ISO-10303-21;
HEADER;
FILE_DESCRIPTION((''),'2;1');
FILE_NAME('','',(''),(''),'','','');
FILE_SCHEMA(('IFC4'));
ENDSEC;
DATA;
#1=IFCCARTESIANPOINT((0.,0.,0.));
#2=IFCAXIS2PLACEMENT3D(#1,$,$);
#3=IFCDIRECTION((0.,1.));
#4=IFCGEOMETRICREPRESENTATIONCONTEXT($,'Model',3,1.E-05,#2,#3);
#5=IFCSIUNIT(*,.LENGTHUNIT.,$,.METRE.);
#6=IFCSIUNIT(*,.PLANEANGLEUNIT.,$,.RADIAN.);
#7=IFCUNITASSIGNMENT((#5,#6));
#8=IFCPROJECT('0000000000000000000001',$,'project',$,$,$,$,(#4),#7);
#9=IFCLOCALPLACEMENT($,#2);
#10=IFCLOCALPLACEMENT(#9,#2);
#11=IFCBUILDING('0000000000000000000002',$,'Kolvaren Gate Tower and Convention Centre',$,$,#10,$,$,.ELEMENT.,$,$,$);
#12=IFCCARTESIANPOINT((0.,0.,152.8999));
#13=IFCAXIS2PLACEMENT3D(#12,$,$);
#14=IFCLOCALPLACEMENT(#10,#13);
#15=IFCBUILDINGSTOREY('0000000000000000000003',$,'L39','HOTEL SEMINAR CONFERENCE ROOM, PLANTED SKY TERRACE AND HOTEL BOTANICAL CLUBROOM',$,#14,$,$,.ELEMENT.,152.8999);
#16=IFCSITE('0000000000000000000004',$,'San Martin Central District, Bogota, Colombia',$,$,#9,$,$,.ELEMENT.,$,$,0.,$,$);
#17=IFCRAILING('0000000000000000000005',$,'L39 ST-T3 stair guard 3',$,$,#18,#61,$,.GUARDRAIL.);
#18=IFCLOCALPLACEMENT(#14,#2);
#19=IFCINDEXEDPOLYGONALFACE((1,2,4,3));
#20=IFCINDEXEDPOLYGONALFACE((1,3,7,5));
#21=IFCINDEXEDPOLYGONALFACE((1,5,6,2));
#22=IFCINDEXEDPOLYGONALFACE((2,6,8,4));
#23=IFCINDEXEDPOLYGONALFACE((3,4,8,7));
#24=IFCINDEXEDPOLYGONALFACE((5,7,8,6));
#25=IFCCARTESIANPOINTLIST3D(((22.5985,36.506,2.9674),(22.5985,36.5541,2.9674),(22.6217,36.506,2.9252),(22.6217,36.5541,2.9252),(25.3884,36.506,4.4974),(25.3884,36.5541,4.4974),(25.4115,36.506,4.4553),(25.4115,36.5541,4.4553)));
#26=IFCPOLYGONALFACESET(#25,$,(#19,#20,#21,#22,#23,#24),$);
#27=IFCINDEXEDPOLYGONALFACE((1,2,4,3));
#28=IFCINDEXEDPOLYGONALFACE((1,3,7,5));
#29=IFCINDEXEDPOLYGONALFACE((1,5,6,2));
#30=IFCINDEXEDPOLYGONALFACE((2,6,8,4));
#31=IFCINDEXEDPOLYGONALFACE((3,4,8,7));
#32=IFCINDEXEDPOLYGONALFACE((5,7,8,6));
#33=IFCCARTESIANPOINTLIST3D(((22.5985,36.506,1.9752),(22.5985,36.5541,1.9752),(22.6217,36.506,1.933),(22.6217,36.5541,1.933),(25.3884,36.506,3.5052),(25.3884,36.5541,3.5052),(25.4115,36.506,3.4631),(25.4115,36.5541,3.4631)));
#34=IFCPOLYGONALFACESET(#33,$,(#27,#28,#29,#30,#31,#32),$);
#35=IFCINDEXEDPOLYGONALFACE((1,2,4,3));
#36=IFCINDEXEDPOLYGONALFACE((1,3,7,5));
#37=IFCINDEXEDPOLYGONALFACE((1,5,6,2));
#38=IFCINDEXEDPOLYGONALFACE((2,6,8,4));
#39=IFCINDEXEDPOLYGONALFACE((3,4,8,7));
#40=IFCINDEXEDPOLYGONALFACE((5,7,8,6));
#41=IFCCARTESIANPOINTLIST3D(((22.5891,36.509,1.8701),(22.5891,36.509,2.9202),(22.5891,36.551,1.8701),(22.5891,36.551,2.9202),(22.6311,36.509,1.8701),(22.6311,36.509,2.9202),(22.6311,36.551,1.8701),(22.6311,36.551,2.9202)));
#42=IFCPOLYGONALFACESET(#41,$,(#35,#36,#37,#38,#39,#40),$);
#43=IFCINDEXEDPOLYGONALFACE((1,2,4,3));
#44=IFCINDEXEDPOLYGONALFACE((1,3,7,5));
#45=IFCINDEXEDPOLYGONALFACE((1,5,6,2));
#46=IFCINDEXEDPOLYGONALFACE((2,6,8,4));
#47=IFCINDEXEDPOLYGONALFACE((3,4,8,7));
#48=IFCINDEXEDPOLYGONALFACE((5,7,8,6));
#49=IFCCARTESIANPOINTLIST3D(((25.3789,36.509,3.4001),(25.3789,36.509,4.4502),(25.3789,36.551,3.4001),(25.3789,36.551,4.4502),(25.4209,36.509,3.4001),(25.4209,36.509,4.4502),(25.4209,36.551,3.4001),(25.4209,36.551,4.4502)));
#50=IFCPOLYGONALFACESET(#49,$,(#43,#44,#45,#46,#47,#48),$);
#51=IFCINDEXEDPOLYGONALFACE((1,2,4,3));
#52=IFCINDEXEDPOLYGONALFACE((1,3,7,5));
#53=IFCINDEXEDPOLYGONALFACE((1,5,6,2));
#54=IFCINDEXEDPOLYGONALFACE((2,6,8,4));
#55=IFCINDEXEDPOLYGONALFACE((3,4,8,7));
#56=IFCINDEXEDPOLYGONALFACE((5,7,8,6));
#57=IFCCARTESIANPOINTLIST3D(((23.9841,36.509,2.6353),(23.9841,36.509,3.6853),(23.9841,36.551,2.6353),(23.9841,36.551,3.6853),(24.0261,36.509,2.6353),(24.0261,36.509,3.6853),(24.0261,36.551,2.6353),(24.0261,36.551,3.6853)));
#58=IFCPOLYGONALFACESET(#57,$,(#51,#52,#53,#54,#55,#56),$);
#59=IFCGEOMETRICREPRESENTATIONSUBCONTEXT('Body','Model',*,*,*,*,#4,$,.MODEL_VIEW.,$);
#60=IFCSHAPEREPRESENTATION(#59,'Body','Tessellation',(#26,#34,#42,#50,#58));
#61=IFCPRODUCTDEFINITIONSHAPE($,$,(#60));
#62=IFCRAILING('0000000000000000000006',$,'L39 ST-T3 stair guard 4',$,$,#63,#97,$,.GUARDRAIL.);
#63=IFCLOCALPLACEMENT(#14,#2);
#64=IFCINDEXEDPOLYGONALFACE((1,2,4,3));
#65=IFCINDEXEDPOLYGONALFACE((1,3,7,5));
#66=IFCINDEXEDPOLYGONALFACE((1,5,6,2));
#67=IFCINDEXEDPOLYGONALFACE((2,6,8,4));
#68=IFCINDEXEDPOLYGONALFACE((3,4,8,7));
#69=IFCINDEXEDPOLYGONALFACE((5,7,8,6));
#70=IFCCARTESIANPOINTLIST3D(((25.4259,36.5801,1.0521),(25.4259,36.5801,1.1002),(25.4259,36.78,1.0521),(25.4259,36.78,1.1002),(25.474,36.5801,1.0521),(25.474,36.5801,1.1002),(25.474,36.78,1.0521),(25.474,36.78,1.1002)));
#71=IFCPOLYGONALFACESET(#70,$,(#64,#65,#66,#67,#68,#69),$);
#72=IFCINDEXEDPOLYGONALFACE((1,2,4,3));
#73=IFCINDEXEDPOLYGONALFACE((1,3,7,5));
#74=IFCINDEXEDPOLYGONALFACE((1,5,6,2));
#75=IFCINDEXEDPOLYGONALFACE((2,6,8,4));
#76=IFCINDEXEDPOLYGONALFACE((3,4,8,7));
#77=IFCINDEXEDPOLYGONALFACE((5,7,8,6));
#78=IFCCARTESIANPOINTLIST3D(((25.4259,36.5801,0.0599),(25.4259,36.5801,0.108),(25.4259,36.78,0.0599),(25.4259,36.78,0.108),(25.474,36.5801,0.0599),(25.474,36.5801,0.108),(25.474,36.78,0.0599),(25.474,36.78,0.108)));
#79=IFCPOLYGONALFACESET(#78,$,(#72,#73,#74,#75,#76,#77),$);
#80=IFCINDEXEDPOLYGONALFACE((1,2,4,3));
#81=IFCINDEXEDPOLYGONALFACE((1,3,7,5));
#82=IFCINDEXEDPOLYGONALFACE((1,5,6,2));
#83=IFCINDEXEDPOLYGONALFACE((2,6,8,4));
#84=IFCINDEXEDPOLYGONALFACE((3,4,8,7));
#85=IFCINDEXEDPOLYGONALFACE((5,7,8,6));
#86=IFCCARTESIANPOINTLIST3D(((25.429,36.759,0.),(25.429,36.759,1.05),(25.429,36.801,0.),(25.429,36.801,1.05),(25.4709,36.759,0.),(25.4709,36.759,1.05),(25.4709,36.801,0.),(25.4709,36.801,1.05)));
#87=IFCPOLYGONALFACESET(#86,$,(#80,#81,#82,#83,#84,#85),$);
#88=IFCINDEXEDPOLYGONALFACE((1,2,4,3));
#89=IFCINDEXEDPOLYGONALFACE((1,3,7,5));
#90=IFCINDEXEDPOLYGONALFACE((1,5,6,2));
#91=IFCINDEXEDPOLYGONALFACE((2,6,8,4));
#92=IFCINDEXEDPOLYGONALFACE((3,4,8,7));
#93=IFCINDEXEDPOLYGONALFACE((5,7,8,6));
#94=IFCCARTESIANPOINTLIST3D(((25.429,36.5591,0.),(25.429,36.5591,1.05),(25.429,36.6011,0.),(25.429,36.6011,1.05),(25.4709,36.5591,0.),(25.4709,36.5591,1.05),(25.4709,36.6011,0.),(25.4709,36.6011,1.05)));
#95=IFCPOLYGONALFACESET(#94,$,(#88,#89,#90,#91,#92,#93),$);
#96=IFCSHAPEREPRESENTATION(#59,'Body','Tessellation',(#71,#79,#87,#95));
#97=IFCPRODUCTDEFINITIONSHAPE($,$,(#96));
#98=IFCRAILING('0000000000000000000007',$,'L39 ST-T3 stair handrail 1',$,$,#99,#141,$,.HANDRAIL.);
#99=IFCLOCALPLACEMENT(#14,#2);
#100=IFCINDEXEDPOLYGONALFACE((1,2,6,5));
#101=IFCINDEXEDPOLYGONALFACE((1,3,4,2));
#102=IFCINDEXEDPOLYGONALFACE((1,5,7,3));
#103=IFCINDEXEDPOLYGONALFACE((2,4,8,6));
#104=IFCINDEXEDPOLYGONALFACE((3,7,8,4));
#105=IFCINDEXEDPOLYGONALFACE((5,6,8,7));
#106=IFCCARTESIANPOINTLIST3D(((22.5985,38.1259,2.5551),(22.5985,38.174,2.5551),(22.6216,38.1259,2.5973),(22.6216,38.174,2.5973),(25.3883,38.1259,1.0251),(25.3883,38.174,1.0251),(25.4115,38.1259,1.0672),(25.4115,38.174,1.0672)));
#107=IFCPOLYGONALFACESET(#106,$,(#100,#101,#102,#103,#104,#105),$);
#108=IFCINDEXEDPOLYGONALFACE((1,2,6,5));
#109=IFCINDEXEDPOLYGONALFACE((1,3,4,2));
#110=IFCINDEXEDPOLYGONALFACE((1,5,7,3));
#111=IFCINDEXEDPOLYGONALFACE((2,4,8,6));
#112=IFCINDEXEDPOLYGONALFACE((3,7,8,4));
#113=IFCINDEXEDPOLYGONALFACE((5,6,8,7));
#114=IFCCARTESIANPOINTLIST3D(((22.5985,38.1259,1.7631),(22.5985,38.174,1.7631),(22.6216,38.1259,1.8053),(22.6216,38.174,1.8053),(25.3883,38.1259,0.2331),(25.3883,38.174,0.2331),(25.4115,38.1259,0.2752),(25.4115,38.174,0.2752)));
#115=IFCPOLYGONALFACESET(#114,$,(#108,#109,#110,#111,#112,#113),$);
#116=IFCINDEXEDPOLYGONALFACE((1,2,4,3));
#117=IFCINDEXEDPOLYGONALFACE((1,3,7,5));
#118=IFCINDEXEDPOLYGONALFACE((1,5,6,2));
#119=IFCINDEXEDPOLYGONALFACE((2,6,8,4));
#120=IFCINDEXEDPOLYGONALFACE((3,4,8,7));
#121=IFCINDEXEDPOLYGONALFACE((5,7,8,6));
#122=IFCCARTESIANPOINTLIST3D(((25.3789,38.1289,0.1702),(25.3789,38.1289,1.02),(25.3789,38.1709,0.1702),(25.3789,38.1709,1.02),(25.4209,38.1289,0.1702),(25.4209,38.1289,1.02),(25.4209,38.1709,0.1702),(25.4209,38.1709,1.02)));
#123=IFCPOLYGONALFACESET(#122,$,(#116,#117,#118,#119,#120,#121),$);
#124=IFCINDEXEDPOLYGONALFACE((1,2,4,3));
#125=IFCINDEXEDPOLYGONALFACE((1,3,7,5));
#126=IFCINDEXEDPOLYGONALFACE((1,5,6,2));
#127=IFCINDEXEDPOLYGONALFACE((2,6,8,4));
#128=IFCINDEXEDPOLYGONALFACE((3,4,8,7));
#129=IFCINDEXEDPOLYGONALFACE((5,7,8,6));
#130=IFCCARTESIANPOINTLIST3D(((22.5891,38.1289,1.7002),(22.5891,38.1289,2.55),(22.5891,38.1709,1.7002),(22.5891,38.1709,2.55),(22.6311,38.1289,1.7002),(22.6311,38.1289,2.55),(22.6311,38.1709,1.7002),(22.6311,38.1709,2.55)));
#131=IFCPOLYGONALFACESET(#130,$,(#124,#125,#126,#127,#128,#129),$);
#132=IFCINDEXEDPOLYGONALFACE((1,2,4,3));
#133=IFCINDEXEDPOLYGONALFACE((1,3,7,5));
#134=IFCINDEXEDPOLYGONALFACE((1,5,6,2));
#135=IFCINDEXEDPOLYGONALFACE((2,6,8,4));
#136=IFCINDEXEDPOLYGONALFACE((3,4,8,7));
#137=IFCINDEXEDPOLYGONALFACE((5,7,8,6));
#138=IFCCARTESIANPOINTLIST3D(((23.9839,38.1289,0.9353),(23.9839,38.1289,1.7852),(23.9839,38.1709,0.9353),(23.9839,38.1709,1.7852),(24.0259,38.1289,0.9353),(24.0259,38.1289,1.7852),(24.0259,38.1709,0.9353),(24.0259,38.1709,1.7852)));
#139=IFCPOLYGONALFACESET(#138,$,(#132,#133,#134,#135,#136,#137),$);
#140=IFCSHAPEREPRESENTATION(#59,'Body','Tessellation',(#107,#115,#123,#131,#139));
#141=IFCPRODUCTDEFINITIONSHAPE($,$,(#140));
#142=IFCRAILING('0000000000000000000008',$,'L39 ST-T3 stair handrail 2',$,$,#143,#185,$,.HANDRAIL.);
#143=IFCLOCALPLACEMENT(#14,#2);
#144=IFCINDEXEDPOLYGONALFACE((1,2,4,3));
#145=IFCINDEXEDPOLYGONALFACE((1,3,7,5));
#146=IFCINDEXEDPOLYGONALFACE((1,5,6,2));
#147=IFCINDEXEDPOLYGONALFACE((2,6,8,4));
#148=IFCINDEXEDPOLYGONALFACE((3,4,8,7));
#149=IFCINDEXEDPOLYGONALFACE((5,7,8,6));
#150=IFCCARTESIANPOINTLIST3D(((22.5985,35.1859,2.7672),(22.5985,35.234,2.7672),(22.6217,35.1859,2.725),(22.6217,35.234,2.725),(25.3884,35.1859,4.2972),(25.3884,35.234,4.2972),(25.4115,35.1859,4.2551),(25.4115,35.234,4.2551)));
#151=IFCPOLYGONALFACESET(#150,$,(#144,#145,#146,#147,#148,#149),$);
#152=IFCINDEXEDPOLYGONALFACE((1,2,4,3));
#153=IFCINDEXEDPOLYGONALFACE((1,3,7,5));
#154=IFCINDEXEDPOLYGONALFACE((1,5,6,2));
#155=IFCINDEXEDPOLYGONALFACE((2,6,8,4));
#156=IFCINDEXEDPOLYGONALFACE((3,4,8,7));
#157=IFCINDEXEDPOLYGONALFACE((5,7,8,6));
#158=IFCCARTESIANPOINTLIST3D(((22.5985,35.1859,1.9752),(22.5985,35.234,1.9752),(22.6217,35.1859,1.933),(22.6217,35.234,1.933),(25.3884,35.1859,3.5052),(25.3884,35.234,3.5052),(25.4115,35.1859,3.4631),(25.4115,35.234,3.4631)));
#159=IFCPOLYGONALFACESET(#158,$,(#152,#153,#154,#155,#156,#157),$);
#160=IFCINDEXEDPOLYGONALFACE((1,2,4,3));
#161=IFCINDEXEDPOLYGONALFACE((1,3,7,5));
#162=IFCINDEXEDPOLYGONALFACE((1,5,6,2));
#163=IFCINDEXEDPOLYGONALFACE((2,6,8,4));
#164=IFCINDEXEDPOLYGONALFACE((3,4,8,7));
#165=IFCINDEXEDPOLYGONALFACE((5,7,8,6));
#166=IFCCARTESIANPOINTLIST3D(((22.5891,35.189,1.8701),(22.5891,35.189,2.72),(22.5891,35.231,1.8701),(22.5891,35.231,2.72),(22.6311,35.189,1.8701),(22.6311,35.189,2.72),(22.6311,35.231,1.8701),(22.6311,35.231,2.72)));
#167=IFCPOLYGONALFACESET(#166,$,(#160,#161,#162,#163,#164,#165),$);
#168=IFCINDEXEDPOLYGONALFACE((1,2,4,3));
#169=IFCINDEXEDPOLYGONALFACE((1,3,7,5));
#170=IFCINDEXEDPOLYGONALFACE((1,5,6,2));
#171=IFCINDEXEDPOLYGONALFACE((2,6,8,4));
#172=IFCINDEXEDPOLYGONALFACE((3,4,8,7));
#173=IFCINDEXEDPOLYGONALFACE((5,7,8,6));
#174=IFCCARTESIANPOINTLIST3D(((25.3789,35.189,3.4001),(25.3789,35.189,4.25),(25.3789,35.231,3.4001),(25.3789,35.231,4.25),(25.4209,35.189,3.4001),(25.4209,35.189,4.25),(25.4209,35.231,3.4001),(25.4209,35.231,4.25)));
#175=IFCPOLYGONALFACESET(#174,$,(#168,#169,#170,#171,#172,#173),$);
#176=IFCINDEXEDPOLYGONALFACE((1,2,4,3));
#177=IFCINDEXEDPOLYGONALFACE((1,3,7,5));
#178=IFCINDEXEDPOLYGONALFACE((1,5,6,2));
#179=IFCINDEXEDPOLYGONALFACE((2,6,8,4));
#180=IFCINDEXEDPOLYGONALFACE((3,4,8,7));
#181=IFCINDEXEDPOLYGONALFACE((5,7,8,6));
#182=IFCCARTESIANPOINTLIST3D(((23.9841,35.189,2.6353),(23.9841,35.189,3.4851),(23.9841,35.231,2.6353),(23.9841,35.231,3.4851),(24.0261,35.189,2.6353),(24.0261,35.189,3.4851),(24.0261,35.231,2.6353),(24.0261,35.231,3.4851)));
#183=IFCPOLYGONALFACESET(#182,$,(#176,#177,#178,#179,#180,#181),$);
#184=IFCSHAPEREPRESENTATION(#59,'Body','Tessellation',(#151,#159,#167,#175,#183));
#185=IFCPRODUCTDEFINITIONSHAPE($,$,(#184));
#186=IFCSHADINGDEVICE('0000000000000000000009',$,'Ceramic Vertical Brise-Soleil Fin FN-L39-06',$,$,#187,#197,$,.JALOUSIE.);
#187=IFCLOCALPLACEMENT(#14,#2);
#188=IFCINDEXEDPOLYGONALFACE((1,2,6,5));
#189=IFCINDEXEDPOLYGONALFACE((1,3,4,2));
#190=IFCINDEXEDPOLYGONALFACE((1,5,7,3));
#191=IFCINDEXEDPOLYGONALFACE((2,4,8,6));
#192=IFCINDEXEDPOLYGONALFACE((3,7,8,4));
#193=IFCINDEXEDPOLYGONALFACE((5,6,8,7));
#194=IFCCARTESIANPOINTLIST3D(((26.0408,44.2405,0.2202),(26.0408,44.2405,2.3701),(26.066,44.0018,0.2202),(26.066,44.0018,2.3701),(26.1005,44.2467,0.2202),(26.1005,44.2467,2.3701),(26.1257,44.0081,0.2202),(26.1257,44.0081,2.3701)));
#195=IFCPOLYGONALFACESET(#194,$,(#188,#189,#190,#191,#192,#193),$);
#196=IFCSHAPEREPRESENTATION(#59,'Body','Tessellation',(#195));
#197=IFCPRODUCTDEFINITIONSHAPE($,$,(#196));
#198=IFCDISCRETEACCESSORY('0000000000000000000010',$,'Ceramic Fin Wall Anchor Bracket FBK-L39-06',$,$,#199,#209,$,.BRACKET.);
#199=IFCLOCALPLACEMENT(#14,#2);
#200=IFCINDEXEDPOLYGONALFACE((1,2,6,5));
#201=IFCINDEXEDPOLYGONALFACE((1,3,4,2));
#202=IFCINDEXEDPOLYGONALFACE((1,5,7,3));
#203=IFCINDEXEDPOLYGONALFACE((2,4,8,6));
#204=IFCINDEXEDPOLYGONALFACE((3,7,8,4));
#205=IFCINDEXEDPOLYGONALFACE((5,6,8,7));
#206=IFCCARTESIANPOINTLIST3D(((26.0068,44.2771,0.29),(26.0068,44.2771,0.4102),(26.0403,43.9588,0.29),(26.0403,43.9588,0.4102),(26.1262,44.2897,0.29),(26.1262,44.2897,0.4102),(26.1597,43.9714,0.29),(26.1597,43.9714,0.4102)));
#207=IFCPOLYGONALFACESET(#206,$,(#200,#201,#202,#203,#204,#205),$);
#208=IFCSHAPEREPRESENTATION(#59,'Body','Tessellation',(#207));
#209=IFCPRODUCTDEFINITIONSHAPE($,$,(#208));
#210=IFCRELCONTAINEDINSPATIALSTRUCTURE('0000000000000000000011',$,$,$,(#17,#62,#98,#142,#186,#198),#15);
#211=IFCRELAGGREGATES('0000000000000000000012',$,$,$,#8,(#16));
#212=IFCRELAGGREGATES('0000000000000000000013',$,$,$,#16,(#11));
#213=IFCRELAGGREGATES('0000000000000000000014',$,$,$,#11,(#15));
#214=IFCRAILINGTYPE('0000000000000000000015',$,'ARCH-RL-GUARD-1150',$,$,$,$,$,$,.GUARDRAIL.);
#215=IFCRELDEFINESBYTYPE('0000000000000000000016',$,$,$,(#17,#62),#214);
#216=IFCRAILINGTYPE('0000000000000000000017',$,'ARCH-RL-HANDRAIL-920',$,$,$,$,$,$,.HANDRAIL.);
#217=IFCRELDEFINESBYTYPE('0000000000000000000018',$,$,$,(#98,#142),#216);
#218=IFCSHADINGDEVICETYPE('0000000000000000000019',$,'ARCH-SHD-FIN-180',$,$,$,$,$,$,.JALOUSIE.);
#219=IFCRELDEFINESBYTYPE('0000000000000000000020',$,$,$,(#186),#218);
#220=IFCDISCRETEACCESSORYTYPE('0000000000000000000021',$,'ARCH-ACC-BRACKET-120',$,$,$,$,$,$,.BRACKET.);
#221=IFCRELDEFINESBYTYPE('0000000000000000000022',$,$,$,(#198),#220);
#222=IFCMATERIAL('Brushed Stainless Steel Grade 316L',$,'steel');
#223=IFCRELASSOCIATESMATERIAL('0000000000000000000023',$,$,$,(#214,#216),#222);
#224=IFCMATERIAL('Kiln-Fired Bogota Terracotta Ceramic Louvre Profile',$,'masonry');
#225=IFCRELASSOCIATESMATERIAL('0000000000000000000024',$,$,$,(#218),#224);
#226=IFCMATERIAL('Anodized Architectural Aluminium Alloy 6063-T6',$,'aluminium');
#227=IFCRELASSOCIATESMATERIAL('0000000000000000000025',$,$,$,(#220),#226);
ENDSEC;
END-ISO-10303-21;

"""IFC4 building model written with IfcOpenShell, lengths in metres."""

from ifc_helpers import new_model, si_unit, direction, frame, origin, origin_2d, place, context, subcontext, project, spatial, rectangle, extrude, material, type_object, element, save


model = new_model("IFC4")

# Units and contexts
model_context = context("Model", 3, precision=1e-05, world=origin(), true_north=direction((0.0, 1.0)))
body_context = subcontext(model_context, "Body", "Model", "MODEL_VIEW")
ifc_project = project(units=[si_unit("LENGTHUNIT", "METRE"), si_unit("PLANEANGLEUNIT", "RADIAN")], contexts=[model_context])

# Site, building, storey
site_placement = place(None, origin())
site = spatial("IfcSite", under=ifc_project, at=site_placement, Name="San Martin Central District, Bogota, Colombia", CompositionType="ELEMENT", RefElevation=0.0)
building_placement = place(site_placement, origin())
building = spatial("IfcBuilding", under=site, at=building_placement, Name="Kolvaren Gate Tower and Convention Centre", CompositionType="ELEMENT")
storey_placement = place(building_placement, frame((0.0, 0.0, 152.8999)))
storey = spatial("IfcBuildingStorey", under=building, at=storey_placement, Name="L39", Description="HOTEL SEMINAR CONFERENCE ROOM, PLANTED SKY TERRACE AND HOTEL BOTANICAL CLUBROOM", CompositionType="ELEMENT", Elevation=152.8999)

# Railings
ifc_material_1 = material(Name="Brushed Stainless Steel Grade 316L", Category="steel")
railing_type_1 = type_object("IfcRailingType", Name="ARCH-RL-GUARD-1150", PredefinedType="GUARDRAIL", material=ifc_material_1)
railing_1_placement = place(storey_placement, frame((22.6101, 36.53, 1.8701)))
element("IfcRailing", 1, at=railing_1_placement, inside=storey, type_object=railing_type_1, Name="L39 ST-T3 stair guard 3", PredefinedType="GUARDRAIL", context=body_context, shape_type="SweptSolid", body=[
    extrude(rectangle(XDim=0.0481, YDim=0.0481, at=origin_2d()), frame((0.0, 0.0, 1.0762), z_axis=(0.876794, 0.0, 0.480867), x_axis=(0.0, 1.0, 0.0)), (0.0, 0.0, 1.0), 3.1819),
    extrude(rectangle(XDim=0.0481, YDim=0.0481, at=origin_2d()), frame((0.0, 0.0, 0.084), z_axis=(0.876794, 0.0, 0.480867), x_axis=(0.0, 1.0, 0.0)), (0.0, 0.0, 1.0), 3.1819),
    extrude(rectangle(XDim=0.042, YDim=0.042, at=origin_2d()), origin(), (0.0, 0.0, 1.0), 1.05),
    extrude(rectangle(XDim=0.042, YDim=0.042, at=origin_2d()), frame((2.7898, 0.0, 1.53)), (0.0, 0.0, 1.0), 1.05),
    extrude(rectangle(XDim=0.042, YDim=0.042, at=origin_2d()), frame((1.395, 0.0, 0.7651)), (0.0, 0.0, 1.0), 1.05),
])
railing_2_placement = place(storey_placement, frame((25.45, 36.78, 0.0)))
element("IfcRailing", 2, at=railing_2_placement, inside=storey, type_object=railing_type_1, Name="L39 ST-T3 stair guard 4", PredefinedType="GUARDRAIL", context=body_context, shape_type="SweptSolid", body=[
    extrude(rectangle(XDim=0.0481, YDim=0.0481, at=origin_2d()), frame((0.0, 0.0, 1.0762), z_axis=(0.0, -1.0, 0.0), x_axis=(1.0, 0.0, 0.0)), (0.0, 0.0, 1.0), 0.2),
    extrude(rectangle(XDim=0.0481, YDim=0.0481, at=origin_2d()), frame((0.0, 0.0, 0.084), z_axis=(0.0, -1.0, 0.0), x_axis=(1.0, 0.0, 0.0)), (0.0, 0.0, 1.0), 0.2),
    extrude(rectangle(XDim=0.042, YDim=0.042, at=origin_2d()), origin(), (0.0, 0.0, 1.0), 1.05),
    extrude(rectangle(XDim=0.042, YDim=0.042, at=origin_2d()), frame((0.0, -0.2, 0.0)), (0.0, 0.0, 1.0), 1.05),
])
railing_type_2 = type_object("IfcRailingType", Name="ARCH-RL-HANDRAIL-920", PredefinedType="HANDRAIL", material=ifc_material_1)
railing_3_placement = place(storey_placement, frame((25.3999, 38.1499, 0.1702)))
element("IfcRailing", 3, at=railing_3_placement, inside=storey, type_object=railing_type_2, Name="L39 ST-T3 stair handrail 1", PredefinedType="HANDRAIL", context=body_context, shape_type="SweptSolid", body=[
    extrude(rectangle(XDim=0.0481, YDim=0.0481, at=origin_2d()), frame((0.0, 0.0, 0.876), z_axis=(-0.876794, 0.0, 0.480867), x_axis=(0.0, -1.0, 0.0)), (0.0, 0.0, 1.0), 3.1819),
    extrude(rectangle(XDim=0.0481, YDim=0.0481, at=origin_2d()), frame((0.0, 0.0, 0.084), z_axis=(-0.876794, 0.0, 0.480867), x_axis=(0.0, -1.0, 0.0)), (0.0, 0.0, 1.0), 3.1819),
    extrude(rectangle(XDim=0.042, YDim=0.042, at=origin_2d()), origin(), (0.0, 0.0, 1.0), 0.8499),
    extrude(rectangle(XDim=0.042, YDim=0.042, at=origin_2d()), frame((-2.7898, 0.0, 1.53)), (0.0, 0.0, 1.0), 0.8499),
    extrude(rectangle(XDim=0.042, YDim=0.042, at=origin_2d()), frame((-1.395, 0.0, 0.7651)), (0.0, 0.0, 1.0), 0.8499),
])
railing_4_placement = place(storey_placement, frame((22.6101, 35.21, 1.8701)))
element("IfcRailing", 4, at=railing_4_placement, inside=storey, type_object=railing_type_2, Name="L39 ST-T3 stair handrail 2", PredefinedType="HANDRAIL", context=body_context, shape_type="SweptSolid", body=[
    extrude(rectangle(XDim=0.0481, YDim=0.0481, at=origin_2d()), frame((0.0, 0.0, 0.876), z_axis=(0.876794, 0.0, 0.480867), x_axis=(0.0, 1.0, 0.0)), (0.0, 0.0, 1.0), 3.1819),
    extrude(rectangle(XDim=0.0481, YDim=0.0481, at=origin_2d()), frame((0.0, 0.0, 0.084), z_axis=(0.876794, 0.0, 0.480867), x_axis=(0.0, 1.0, 0.0)), (0.0, 0.0, 1.0), 3.1819),
    extrude(rectangle(XDim=0.042, YDim=0.042, at=origin_2d()), origin(), (0.0, 0.0, 1.0), 0.8499),
    extrude(rectangle(XDim=0.042, YDim=0.042, at=origin_2d()), frame((2.7898, 0.0, 1.53)), (0.0, 0.0, 1.0), 0.8499),
    extrude(rectangle(XDim=0.042, YDim=0.042, at=origin_2d()), frame((1.395, 0.0, 0.7651)), (0.0, 0.0, 1.0), 0.8499),
])

# Shading device
ifc_material_2 = material(Name="Kiln-Fired Bogota Terracotta Ceramic Louvre Profile", Category="masonry")
shading_device_type = type_object("IfcShadingDeviceType", Name="ARCH-SHD-FIN-180", PredefinedType="JALOUSIE", material=ifc_material_2)
shading_device_placement = place(storey_placement, frame((26.0833, 44.1243, 0.2202), z_axis=(0.0, 0.0, 1.0), x_axis=(0.994499, 0.104744, 0.0)))
element("IfcShadingDevice", 5, at=shading_device_placement, inside=storey, type_object=shading_device_type, Name="Ceramic Vertical Brise-Soleil Fin FN-L39-06", PredefinedType="JALOUSIE", context=body_context, shape_type="SweptSolid", body=[
    extrude(rectangle(XDim=0.0601, YDim=0.24, at=origin_2d()), origin(), (0.0, 0.0, 1.0), 2.1499),
])

# Discrete accessory
ifc_material_3 = material(Name="Anodized Architectural Aluminium Alloy 6063-T6", Category="aluminium")
discrete_accessory_type = type_object("IfcDiscreteAccessoryType", Name="ARCH-ACC-BRACKET-120", PredefinedType="BRACKET", material=ifc_material_3)
discrete_accessory_placement = place(storey_placement, frame((26.0833, 44.1243, 0.29), z_axis=(0.0, 0.0, 1.0), x_axis=(0.994499, 0.104744, 0.0)))
element("IfcDiscreteAccessory", 6, at=discrete_accessory_placement, inside=storey, type_object=discrete_accessory_type, Name="Ceramic Fin Wall Anchor Bracket FBK-L39-06", PredefinedType="BRACKET", context=body_context, shape_type="SweptSolid", body=[
    extrude(rectangle(XDim=0.1201, YDim=0.3201, at=origin_2d()), origin(), (0.0, 0.0, 1.0), 0.1201),
])

save(model, "model.ifc")
